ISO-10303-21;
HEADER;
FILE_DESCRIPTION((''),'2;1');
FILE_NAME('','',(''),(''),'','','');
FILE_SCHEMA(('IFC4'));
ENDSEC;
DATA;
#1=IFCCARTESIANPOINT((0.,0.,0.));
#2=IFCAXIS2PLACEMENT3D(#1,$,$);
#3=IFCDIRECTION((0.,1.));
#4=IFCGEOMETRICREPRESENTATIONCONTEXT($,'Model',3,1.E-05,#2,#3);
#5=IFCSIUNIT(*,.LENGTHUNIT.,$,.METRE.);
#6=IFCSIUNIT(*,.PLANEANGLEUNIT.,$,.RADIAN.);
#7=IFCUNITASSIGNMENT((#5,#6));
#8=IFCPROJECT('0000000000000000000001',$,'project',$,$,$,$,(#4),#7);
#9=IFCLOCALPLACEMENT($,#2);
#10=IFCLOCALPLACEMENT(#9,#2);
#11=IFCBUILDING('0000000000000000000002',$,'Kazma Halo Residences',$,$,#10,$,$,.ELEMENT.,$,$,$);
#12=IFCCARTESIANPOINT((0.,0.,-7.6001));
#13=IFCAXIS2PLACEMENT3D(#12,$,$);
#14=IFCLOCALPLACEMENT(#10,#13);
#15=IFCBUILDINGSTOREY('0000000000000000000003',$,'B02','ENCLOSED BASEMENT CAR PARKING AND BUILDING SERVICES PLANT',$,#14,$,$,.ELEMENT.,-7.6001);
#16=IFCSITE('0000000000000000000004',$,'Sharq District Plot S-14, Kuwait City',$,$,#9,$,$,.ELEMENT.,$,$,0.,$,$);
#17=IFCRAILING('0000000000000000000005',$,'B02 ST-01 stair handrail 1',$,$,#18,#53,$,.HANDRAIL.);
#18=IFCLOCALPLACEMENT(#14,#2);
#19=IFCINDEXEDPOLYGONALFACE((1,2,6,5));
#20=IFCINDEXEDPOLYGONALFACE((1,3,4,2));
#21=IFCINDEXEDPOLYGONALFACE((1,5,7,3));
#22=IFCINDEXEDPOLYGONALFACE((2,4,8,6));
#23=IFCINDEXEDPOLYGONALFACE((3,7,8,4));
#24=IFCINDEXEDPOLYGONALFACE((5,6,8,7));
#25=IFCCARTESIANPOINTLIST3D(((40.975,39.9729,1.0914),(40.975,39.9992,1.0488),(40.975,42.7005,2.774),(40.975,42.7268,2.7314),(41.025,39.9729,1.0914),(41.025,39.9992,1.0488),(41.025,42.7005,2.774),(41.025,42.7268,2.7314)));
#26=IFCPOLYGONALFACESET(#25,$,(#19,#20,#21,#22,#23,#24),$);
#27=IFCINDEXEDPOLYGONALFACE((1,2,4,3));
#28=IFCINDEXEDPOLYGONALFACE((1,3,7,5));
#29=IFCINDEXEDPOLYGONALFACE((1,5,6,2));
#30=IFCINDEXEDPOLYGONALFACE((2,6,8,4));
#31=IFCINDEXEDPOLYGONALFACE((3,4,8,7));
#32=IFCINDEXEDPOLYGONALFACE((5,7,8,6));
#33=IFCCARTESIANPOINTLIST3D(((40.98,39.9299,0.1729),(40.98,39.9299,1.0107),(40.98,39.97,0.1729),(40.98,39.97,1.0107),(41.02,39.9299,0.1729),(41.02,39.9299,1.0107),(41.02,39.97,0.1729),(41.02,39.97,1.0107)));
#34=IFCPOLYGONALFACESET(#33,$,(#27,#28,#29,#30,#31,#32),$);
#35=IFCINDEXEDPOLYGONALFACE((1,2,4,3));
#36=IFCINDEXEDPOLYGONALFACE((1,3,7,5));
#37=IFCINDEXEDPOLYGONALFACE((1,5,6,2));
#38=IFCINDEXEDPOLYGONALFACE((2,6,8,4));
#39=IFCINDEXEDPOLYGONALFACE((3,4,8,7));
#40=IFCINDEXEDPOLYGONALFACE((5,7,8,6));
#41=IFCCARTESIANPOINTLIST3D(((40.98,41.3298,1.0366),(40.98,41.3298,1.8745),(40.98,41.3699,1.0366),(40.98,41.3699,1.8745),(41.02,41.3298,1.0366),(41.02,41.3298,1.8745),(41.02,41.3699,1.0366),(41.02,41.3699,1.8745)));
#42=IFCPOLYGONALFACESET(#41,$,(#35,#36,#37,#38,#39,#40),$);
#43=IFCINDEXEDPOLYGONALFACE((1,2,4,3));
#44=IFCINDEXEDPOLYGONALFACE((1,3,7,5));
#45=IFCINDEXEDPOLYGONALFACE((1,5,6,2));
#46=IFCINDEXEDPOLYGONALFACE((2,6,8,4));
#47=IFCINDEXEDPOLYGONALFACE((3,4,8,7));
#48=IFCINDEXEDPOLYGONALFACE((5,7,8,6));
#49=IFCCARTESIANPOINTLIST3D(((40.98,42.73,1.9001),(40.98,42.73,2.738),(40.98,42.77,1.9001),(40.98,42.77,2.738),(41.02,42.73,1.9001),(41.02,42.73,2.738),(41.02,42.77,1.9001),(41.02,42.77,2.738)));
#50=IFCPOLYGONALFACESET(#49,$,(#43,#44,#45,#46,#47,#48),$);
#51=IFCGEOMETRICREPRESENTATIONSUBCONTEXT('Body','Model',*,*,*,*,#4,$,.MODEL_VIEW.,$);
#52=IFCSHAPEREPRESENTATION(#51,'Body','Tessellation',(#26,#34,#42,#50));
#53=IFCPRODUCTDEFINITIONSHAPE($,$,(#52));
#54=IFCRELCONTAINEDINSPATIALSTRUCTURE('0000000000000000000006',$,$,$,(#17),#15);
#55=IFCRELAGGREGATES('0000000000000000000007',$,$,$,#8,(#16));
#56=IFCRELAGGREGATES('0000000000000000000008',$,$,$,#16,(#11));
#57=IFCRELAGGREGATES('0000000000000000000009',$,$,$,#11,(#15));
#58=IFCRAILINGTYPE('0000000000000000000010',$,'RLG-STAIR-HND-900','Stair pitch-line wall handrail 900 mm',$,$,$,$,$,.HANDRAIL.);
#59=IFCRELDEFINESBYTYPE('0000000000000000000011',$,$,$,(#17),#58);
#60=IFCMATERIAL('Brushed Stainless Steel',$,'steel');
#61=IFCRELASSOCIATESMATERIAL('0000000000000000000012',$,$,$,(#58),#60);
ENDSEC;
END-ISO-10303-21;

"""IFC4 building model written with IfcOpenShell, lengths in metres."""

from ifc_helpers import new_model, si_unit, direction, frame, origin, origin_2d, place, context, subcontext, project, spatial, rectangle, extrude, material, type_object, element, save


model = new_model("IFC4")

# Units and contexts
model_context = context("Model", 3, precision=1e-05, world=origin(), true_north=direction((0.0, 1.0)))
body_context = subcontext(model_context, "Body", "Model", "MODEL_VIEW")
ifc_project = project(units=[si_unit("LENGTHUNIT", "METRE"), si_unit("PLANEANGLEUNIT", "RADIAN")], contexts=[model_context])

# Site, building, storey
site_placement = place(None, origin())
site = spatial("IfcSite", under=ifc_project, at=site_placement, Name="Sharq District Plot S-14, Kuwait City", CompositionType="ELEMENT", RefElevation=0.0)
building_placement = place(site_placement, origin())
building = spatial("IfcBuilding", under=site, at=building_placement, Name="Kazma Halo Residences", CompositionType="ELEMENT")
storey_placement = place(building_placement, frame((0.0, 0.0, -7.6001)))
storey = spatial("IfcBuildingStorey", under=building, at=storey_placement, Name="B02", Description="ENCLOSED BASEMENT CAR PARKING AND BUILDING SERVICES PLANT", CompositionType="ELEMENT", Elevation=-7.6001)

# Railing
ifc_material_1 = material(Name="Brushed Stainless Steel", Category="steel")
railing_type_1 = type_object("IfcRailingType", Name="RLG-STAIR-HND-900", Description="Stair pitch-line wall handrail 900 mm", PredefinedType="HANDRAIL", material=ifc_material_1)
railing_1_placement = place(storey_placement, frame((41.0, 39.95, 0.1729)))
element("IfcRailing", 1, at=railing_1_placement, inside=storey, type_object=railing_type_1, Name="B02 ST-01 stair handrail 1", PredefinedType="HANDRAIL", context=body_context, shape_type="SweptSolid", body=[
    extrude(rectangle(XDim=0.05, YDim=0.05, at=origin_2d()), frame((0.0, 0.0361, 0.8972), z_axis=(0.0, 0.85109, 0.52502), x_axis=(-1.0, 0.0, 0.0)), (0.0, 0.0, 1.0), 3.2048),
    extrude(rectangle(XDim=0.04, YDim=0.04, at=origin_2d()), origin(), (0.0, 0.0, 1.0), 0.8379),
    extrude(rectangle(XDim=0.04, YDim=0.04, at=origin_2d()), frame((0.0, 1.3999, 0.8638)), (0.0, 0.0, 1.0), 0.8379),
    extrude(rectangle(XDim=0.04, YDim=0.04, at=origin_2d()), frame((0.0, 2.8, 1.7273)), (0.0, 0.0, 1.0), 0.8379),
])

save(model, "model.ifc")
